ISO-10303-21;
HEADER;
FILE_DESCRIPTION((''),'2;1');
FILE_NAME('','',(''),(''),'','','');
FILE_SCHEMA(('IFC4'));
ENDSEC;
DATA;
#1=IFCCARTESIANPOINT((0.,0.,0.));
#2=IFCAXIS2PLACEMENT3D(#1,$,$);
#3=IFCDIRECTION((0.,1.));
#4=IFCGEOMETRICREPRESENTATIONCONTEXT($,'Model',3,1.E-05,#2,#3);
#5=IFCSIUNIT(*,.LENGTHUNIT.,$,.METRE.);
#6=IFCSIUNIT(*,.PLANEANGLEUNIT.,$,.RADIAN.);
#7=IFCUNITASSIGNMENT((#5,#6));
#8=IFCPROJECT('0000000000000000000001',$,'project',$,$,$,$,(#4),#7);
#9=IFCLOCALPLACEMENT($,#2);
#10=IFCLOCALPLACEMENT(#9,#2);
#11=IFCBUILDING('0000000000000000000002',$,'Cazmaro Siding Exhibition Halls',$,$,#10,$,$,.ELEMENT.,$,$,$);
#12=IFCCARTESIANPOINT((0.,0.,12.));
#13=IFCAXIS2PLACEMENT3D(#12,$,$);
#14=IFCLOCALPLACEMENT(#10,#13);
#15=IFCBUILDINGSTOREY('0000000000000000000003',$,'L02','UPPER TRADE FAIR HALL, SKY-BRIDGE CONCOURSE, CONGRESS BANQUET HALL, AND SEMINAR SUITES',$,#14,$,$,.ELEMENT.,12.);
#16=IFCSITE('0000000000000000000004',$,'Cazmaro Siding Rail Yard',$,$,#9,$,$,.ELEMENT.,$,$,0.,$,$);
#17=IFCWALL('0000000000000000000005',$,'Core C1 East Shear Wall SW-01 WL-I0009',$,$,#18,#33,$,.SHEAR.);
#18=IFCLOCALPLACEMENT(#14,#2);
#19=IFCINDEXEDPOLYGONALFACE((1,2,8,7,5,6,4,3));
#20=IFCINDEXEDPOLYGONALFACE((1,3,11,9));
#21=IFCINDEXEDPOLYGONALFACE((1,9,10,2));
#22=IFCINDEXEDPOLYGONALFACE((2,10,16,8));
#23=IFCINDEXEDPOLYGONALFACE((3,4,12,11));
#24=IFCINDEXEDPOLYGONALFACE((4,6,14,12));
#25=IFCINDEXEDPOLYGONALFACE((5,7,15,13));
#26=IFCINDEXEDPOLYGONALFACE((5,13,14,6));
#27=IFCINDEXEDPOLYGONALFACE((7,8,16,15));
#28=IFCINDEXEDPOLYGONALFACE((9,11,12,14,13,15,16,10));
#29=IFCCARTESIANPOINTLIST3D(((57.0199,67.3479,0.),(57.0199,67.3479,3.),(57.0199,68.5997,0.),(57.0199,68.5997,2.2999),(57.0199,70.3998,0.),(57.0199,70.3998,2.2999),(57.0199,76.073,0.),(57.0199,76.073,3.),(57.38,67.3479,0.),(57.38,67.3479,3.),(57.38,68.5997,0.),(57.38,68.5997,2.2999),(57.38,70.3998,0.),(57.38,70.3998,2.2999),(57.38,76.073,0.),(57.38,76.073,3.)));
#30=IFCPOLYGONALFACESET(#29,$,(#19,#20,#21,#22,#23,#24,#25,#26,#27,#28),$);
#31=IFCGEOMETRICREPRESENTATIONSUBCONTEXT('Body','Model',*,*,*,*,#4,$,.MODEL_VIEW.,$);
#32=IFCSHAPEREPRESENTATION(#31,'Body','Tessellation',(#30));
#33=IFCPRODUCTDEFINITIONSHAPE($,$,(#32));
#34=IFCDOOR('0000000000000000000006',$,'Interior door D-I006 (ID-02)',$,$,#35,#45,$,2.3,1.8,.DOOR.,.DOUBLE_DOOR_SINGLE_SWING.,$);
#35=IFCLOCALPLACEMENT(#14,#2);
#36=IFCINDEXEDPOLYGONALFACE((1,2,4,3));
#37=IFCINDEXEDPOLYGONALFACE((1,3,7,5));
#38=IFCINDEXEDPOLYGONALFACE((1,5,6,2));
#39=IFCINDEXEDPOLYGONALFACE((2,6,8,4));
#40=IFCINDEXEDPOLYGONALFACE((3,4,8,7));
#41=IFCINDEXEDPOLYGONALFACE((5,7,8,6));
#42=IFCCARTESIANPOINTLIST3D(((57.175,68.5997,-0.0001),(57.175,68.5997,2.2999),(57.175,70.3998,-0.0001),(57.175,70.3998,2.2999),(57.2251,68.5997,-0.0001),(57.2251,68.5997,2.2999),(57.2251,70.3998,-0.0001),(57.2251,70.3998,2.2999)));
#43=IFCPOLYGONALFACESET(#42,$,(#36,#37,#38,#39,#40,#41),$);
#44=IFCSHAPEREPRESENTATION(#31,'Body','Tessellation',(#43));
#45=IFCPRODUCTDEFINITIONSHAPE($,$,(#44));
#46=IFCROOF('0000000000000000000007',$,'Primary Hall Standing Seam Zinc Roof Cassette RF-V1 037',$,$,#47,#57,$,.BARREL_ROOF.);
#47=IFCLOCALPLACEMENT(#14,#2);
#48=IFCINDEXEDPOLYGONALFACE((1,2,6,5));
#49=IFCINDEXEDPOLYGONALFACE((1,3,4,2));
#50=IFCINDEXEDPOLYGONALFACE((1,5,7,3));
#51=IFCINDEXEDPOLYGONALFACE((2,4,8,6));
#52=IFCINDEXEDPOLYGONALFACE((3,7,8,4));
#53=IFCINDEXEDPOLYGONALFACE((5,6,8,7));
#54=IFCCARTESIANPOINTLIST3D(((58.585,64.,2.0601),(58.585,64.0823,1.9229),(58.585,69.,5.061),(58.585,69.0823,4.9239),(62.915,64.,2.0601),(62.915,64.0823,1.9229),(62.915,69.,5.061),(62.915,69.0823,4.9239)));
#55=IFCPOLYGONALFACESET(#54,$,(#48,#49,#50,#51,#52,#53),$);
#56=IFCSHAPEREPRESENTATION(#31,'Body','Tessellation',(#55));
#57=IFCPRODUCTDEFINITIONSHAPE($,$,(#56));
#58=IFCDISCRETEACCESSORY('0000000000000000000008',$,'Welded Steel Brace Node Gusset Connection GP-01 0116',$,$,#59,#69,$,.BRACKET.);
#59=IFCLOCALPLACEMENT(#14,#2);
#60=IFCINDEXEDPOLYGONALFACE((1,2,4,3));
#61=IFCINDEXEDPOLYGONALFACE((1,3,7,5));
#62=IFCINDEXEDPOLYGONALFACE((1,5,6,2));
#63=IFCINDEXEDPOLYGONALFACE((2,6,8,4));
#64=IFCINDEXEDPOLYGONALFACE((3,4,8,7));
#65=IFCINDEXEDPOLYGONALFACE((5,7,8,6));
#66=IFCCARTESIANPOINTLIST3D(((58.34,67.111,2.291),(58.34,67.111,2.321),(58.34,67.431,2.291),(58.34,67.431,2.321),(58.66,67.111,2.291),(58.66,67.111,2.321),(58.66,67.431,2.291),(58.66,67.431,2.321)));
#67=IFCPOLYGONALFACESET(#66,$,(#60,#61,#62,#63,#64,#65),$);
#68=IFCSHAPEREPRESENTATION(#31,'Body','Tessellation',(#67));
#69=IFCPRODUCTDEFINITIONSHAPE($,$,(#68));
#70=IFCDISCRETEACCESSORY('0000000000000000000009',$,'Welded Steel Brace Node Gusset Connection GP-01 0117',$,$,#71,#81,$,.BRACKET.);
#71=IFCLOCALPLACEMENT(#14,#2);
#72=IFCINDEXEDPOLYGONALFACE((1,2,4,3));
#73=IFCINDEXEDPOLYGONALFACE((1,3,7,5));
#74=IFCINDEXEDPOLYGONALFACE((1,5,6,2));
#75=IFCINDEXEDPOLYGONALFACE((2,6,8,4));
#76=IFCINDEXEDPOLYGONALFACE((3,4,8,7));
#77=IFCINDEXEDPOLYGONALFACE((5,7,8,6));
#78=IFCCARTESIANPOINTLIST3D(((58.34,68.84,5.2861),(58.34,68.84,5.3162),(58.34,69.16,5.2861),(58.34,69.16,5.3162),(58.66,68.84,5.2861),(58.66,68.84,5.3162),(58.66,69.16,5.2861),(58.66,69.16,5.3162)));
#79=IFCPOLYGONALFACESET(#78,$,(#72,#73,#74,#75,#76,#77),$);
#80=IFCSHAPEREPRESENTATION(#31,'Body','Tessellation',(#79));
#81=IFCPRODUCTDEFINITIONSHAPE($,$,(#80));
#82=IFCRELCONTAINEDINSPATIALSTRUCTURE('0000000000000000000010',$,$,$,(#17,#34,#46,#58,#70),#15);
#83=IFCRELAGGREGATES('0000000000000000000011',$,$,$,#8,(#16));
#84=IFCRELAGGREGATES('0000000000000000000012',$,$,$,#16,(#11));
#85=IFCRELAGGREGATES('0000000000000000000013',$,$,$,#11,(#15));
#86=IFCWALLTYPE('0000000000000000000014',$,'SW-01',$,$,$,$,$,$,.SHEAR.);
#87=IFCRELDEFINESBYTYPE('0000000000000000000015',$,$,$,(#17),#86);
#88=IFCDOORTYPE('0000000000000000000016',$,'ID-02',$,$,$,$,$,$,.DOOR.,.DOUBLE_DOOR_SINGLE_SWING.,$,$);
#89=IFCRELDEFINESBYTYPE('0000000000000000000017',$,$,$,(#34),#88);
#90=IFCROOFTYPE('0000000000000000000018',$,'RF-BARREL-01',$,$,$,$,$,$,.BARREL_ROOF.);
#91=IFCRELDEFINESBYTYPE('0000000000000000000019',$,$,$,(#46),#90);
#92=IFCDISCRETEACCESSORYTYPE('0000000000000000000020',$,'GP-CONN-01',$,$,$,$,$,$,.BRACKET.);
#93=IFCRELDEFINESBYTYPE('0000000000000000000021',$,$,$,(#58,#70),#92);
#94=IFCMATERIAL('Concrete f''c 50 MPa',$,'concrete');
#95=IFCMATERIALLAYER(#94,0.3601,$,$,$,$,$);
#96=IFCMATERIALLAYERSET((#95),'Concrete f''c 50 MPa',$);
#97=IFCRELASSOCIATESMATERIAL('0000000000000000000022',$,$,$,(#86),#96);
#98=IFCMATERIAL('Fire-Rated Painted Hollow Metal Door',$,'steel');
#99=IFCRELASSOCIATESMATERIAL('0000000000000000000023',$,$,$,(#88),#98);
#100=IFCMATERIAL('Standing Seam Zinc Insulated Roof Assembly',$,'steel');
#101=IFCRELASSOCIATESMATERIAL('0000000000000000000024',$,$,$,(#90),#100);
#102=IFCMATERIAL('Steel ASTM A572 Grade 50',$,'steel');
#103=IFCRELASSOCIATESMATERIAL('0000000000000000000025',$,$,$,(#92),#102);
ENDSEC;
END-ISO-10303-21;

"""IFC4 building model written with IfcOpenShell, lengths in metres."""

from ifc_helpers import new_model, si_unit, direction, frame, frame_2d, origin, origin_2d, place, context, subcontext, project, spatial, polyline, rectangle, outline, extrude, material, layer, layer_set, type_object, element, fill, save


model = new_model("IFC4")

# Units and contexts
model_context = context("Model", 3, precision=1e-05, world=origin(), true_north=direction((0.0, 1.0)))
body_context = subcontext(model_context, "Body", "Model", "MODEL_VIEW")
ifc_project = project(units=[si_unit("LENGTHUNIT", "METRE"), si_unit("PLANEANGLEUNIT", "RADIAN")], contexts=[model_context])

# Site, building, storey
site_placement = place(None, origin())
site = spatial("IfcSite", under=ifc_project, at=site_placement, Name="Cazmaro Siding Rail Yard", CompositionType="ELEMENT", RefElevation=0.0)
building_placement = place(site_placement, origin())
building = spatial("IfcBuilding", under=site, at=building_placement, Name="Cazmaro Siding Exhibition Halls", CompositionType="ELEMENT")
storey_placement = place(building_placement, frame((0.0, 0.0, 12.0)))
storey = spatial("IfcBuildingStorey", under=building, at=storey_placement, Name="L02", Description="UPPER TRADE FAIR HALL, SKY-BRIDGE CONCOURSE, CONGRESS BANQUET HALL, AND SEMINAR SUITES", CompositionType="ELEMENT", Elevation=12.0)

# Wall, opening, door
ifc_material_1 = material(Name="Concrete f'c 50 MPa", Category="concrete")
ifc_layer_1 = layer(ifc_material_1, 0.3601)
ifc_layer_set_1 = layer_set([ifc_layer_1], Name="Concrete f'c 50 MPa")
wall_type = type_object("IfcWallType", Name="SW-01", PredefinedType="SHEAR", material=ifc_layer_set_1)
wall_placement = place(storey_placement, frame((57.2, 67.3479, 0.0), z_axis=(0.0, 0.0, 1.0), x_axis=(0.0, 1.0, 0.0)))
wall = element("IfcWall", 1, at=wall_placement, inside=storey, type_object=wall_type, Name="Core C1 East Shear Wall SW-01 WL-I0009", PredefinedType="SHEAR", context=body_context, shape_type="SweptSolid", body=[
    extrude(rectangle(XDim=8.7251, YDim=0.3601, at=frame_2d((4.3625, 0.0))), origin(), (0.0, 0.0, 1.0), 3.0),
])
opening_placement = place(wall_placement, frame((1.252, 0.0, 0.0)))
opening = element("IfcOpeningElement", 2, at=opening_placement, cuts=wall, PredefinedType="OPENING", context=body_context, shape_type="SweptSolid", body=[
    extrude(rectangle(XDim=1.8, YDim=2.3, at=frame_2d((0.8999, 1.1499))), frame((0.0, 0.1899, 0.0), z_axis=(0.0, -1.0, 0.0), x_axis=(1.0, 0.0, 0.0)), (0.0, 0.0, 1.0), 0.3801),
])
ifc_material_2 = material(Name="Fire-Rated Painted Hollow Metal Door", Category="steel")
door_type = type_object("IfcDoorType", Name="ID-02", OperationType="DOUBLE_DOOR_SINGLE_SWING", PredefinedType="DOOR", material=ifc_material_2)
door_placement = place(opening_placement, origin())
door = element("IfcDoor", 3, at=door_placement, inside=storey, type_object=door_type, Name="Interior door D-I006 (ID-02)", OperationType="DOUBLE_DOOR_SINGLE_SWING", OverallHeight=2.3, OverallWidth=1.8, PredefinedType="DOOR", context=body_context, shape_type="SweptSolid", body=[
    extrude(rectangle(XDim=1.8, YDim=2.3, at=frame_2d((0.8999, 1.1499))), frame((0.0, 0.0249, 0.0), z_axis=(0.0, -1.0, 0.0), x_axis=(1.0, 0.0, 0.0)), (0.0, 0.0, 1.0), 0.05),
])
fill(opening, door)

# Roof
ifc_material_3 = material(Name="Standing Seam Zinc Insulated Roof Assembly", Category="steel")
roof_type = type_object("IfcRoofType", Name="RF-BARREL-01", PredefinedType="BARREL_ROOF", material=ifc_material_3)
roof_placement = place(storey_placement, frame((58.585, 64.0, 2.0601), z_axis=(0.0, -0.514619, 0.857419), x_axis=(1.0, 0.0, 0.0)))
element("IfcRoof", 4, at=roof_placement, inside=storey, type_object=roof_type, Name="Primary Hall Standing Seam Zinc Roof Cassette RF-V1 037", PredefinedType="BARREL_ROOF", context=body_context, shape_type="SweptSolid", body=[
    extrude(outline(polyline([(0.0, 0.0), (4.3301, 0.0), (4.3301, 5.8315), (0.0, 5.8315), (0.0, 0.0)])), origin(), (0.0, 0.0, -1.0), 0.1599),
])

# Discrete accessories
ifc_material_4 = material(Name="Steel ASTM A572 Grade 50", Category="steel")
discrete_accessory_type = type_object("IfcDiscreteAccessoryType", Name="GP-CONN-01", PredefinedType="BRACKET", material=ifc_material_4)
for number, where, z_axis, x_axis, name in (
    (5, (58.5, 67.271, 2.291), (0.0, 0.0, 1.0), (1.0, 0.0, 0.0), "Welded Steel Brace Node Gusset Connection GP-01 0116"),
    (6, (58.5, 69.0, 5.2861), (0.0, 0.0, 1.0), (1.0, 0.0, 0.0), "Welded Steel Brace Node Gusset Connection GP-01 0117"),
):
    element("IfcDiscreteAccessory", number, at=place(storey_placement, frame(where, z_axis=z_axis, x_axis=x_axis)), inside=storey, type_object=discrete_accessory_type, Name=name, PredefinedType="BRACKET", context=body_context, shape_type="SweptSolid", body=[
        extrude(rectangle(XDim=0.3201, YDim=0.3201, at=origin_2d()), origin(), (0.0, 0.0, 1.0), 0.03),
    ])

save(model, "model.ifc")
